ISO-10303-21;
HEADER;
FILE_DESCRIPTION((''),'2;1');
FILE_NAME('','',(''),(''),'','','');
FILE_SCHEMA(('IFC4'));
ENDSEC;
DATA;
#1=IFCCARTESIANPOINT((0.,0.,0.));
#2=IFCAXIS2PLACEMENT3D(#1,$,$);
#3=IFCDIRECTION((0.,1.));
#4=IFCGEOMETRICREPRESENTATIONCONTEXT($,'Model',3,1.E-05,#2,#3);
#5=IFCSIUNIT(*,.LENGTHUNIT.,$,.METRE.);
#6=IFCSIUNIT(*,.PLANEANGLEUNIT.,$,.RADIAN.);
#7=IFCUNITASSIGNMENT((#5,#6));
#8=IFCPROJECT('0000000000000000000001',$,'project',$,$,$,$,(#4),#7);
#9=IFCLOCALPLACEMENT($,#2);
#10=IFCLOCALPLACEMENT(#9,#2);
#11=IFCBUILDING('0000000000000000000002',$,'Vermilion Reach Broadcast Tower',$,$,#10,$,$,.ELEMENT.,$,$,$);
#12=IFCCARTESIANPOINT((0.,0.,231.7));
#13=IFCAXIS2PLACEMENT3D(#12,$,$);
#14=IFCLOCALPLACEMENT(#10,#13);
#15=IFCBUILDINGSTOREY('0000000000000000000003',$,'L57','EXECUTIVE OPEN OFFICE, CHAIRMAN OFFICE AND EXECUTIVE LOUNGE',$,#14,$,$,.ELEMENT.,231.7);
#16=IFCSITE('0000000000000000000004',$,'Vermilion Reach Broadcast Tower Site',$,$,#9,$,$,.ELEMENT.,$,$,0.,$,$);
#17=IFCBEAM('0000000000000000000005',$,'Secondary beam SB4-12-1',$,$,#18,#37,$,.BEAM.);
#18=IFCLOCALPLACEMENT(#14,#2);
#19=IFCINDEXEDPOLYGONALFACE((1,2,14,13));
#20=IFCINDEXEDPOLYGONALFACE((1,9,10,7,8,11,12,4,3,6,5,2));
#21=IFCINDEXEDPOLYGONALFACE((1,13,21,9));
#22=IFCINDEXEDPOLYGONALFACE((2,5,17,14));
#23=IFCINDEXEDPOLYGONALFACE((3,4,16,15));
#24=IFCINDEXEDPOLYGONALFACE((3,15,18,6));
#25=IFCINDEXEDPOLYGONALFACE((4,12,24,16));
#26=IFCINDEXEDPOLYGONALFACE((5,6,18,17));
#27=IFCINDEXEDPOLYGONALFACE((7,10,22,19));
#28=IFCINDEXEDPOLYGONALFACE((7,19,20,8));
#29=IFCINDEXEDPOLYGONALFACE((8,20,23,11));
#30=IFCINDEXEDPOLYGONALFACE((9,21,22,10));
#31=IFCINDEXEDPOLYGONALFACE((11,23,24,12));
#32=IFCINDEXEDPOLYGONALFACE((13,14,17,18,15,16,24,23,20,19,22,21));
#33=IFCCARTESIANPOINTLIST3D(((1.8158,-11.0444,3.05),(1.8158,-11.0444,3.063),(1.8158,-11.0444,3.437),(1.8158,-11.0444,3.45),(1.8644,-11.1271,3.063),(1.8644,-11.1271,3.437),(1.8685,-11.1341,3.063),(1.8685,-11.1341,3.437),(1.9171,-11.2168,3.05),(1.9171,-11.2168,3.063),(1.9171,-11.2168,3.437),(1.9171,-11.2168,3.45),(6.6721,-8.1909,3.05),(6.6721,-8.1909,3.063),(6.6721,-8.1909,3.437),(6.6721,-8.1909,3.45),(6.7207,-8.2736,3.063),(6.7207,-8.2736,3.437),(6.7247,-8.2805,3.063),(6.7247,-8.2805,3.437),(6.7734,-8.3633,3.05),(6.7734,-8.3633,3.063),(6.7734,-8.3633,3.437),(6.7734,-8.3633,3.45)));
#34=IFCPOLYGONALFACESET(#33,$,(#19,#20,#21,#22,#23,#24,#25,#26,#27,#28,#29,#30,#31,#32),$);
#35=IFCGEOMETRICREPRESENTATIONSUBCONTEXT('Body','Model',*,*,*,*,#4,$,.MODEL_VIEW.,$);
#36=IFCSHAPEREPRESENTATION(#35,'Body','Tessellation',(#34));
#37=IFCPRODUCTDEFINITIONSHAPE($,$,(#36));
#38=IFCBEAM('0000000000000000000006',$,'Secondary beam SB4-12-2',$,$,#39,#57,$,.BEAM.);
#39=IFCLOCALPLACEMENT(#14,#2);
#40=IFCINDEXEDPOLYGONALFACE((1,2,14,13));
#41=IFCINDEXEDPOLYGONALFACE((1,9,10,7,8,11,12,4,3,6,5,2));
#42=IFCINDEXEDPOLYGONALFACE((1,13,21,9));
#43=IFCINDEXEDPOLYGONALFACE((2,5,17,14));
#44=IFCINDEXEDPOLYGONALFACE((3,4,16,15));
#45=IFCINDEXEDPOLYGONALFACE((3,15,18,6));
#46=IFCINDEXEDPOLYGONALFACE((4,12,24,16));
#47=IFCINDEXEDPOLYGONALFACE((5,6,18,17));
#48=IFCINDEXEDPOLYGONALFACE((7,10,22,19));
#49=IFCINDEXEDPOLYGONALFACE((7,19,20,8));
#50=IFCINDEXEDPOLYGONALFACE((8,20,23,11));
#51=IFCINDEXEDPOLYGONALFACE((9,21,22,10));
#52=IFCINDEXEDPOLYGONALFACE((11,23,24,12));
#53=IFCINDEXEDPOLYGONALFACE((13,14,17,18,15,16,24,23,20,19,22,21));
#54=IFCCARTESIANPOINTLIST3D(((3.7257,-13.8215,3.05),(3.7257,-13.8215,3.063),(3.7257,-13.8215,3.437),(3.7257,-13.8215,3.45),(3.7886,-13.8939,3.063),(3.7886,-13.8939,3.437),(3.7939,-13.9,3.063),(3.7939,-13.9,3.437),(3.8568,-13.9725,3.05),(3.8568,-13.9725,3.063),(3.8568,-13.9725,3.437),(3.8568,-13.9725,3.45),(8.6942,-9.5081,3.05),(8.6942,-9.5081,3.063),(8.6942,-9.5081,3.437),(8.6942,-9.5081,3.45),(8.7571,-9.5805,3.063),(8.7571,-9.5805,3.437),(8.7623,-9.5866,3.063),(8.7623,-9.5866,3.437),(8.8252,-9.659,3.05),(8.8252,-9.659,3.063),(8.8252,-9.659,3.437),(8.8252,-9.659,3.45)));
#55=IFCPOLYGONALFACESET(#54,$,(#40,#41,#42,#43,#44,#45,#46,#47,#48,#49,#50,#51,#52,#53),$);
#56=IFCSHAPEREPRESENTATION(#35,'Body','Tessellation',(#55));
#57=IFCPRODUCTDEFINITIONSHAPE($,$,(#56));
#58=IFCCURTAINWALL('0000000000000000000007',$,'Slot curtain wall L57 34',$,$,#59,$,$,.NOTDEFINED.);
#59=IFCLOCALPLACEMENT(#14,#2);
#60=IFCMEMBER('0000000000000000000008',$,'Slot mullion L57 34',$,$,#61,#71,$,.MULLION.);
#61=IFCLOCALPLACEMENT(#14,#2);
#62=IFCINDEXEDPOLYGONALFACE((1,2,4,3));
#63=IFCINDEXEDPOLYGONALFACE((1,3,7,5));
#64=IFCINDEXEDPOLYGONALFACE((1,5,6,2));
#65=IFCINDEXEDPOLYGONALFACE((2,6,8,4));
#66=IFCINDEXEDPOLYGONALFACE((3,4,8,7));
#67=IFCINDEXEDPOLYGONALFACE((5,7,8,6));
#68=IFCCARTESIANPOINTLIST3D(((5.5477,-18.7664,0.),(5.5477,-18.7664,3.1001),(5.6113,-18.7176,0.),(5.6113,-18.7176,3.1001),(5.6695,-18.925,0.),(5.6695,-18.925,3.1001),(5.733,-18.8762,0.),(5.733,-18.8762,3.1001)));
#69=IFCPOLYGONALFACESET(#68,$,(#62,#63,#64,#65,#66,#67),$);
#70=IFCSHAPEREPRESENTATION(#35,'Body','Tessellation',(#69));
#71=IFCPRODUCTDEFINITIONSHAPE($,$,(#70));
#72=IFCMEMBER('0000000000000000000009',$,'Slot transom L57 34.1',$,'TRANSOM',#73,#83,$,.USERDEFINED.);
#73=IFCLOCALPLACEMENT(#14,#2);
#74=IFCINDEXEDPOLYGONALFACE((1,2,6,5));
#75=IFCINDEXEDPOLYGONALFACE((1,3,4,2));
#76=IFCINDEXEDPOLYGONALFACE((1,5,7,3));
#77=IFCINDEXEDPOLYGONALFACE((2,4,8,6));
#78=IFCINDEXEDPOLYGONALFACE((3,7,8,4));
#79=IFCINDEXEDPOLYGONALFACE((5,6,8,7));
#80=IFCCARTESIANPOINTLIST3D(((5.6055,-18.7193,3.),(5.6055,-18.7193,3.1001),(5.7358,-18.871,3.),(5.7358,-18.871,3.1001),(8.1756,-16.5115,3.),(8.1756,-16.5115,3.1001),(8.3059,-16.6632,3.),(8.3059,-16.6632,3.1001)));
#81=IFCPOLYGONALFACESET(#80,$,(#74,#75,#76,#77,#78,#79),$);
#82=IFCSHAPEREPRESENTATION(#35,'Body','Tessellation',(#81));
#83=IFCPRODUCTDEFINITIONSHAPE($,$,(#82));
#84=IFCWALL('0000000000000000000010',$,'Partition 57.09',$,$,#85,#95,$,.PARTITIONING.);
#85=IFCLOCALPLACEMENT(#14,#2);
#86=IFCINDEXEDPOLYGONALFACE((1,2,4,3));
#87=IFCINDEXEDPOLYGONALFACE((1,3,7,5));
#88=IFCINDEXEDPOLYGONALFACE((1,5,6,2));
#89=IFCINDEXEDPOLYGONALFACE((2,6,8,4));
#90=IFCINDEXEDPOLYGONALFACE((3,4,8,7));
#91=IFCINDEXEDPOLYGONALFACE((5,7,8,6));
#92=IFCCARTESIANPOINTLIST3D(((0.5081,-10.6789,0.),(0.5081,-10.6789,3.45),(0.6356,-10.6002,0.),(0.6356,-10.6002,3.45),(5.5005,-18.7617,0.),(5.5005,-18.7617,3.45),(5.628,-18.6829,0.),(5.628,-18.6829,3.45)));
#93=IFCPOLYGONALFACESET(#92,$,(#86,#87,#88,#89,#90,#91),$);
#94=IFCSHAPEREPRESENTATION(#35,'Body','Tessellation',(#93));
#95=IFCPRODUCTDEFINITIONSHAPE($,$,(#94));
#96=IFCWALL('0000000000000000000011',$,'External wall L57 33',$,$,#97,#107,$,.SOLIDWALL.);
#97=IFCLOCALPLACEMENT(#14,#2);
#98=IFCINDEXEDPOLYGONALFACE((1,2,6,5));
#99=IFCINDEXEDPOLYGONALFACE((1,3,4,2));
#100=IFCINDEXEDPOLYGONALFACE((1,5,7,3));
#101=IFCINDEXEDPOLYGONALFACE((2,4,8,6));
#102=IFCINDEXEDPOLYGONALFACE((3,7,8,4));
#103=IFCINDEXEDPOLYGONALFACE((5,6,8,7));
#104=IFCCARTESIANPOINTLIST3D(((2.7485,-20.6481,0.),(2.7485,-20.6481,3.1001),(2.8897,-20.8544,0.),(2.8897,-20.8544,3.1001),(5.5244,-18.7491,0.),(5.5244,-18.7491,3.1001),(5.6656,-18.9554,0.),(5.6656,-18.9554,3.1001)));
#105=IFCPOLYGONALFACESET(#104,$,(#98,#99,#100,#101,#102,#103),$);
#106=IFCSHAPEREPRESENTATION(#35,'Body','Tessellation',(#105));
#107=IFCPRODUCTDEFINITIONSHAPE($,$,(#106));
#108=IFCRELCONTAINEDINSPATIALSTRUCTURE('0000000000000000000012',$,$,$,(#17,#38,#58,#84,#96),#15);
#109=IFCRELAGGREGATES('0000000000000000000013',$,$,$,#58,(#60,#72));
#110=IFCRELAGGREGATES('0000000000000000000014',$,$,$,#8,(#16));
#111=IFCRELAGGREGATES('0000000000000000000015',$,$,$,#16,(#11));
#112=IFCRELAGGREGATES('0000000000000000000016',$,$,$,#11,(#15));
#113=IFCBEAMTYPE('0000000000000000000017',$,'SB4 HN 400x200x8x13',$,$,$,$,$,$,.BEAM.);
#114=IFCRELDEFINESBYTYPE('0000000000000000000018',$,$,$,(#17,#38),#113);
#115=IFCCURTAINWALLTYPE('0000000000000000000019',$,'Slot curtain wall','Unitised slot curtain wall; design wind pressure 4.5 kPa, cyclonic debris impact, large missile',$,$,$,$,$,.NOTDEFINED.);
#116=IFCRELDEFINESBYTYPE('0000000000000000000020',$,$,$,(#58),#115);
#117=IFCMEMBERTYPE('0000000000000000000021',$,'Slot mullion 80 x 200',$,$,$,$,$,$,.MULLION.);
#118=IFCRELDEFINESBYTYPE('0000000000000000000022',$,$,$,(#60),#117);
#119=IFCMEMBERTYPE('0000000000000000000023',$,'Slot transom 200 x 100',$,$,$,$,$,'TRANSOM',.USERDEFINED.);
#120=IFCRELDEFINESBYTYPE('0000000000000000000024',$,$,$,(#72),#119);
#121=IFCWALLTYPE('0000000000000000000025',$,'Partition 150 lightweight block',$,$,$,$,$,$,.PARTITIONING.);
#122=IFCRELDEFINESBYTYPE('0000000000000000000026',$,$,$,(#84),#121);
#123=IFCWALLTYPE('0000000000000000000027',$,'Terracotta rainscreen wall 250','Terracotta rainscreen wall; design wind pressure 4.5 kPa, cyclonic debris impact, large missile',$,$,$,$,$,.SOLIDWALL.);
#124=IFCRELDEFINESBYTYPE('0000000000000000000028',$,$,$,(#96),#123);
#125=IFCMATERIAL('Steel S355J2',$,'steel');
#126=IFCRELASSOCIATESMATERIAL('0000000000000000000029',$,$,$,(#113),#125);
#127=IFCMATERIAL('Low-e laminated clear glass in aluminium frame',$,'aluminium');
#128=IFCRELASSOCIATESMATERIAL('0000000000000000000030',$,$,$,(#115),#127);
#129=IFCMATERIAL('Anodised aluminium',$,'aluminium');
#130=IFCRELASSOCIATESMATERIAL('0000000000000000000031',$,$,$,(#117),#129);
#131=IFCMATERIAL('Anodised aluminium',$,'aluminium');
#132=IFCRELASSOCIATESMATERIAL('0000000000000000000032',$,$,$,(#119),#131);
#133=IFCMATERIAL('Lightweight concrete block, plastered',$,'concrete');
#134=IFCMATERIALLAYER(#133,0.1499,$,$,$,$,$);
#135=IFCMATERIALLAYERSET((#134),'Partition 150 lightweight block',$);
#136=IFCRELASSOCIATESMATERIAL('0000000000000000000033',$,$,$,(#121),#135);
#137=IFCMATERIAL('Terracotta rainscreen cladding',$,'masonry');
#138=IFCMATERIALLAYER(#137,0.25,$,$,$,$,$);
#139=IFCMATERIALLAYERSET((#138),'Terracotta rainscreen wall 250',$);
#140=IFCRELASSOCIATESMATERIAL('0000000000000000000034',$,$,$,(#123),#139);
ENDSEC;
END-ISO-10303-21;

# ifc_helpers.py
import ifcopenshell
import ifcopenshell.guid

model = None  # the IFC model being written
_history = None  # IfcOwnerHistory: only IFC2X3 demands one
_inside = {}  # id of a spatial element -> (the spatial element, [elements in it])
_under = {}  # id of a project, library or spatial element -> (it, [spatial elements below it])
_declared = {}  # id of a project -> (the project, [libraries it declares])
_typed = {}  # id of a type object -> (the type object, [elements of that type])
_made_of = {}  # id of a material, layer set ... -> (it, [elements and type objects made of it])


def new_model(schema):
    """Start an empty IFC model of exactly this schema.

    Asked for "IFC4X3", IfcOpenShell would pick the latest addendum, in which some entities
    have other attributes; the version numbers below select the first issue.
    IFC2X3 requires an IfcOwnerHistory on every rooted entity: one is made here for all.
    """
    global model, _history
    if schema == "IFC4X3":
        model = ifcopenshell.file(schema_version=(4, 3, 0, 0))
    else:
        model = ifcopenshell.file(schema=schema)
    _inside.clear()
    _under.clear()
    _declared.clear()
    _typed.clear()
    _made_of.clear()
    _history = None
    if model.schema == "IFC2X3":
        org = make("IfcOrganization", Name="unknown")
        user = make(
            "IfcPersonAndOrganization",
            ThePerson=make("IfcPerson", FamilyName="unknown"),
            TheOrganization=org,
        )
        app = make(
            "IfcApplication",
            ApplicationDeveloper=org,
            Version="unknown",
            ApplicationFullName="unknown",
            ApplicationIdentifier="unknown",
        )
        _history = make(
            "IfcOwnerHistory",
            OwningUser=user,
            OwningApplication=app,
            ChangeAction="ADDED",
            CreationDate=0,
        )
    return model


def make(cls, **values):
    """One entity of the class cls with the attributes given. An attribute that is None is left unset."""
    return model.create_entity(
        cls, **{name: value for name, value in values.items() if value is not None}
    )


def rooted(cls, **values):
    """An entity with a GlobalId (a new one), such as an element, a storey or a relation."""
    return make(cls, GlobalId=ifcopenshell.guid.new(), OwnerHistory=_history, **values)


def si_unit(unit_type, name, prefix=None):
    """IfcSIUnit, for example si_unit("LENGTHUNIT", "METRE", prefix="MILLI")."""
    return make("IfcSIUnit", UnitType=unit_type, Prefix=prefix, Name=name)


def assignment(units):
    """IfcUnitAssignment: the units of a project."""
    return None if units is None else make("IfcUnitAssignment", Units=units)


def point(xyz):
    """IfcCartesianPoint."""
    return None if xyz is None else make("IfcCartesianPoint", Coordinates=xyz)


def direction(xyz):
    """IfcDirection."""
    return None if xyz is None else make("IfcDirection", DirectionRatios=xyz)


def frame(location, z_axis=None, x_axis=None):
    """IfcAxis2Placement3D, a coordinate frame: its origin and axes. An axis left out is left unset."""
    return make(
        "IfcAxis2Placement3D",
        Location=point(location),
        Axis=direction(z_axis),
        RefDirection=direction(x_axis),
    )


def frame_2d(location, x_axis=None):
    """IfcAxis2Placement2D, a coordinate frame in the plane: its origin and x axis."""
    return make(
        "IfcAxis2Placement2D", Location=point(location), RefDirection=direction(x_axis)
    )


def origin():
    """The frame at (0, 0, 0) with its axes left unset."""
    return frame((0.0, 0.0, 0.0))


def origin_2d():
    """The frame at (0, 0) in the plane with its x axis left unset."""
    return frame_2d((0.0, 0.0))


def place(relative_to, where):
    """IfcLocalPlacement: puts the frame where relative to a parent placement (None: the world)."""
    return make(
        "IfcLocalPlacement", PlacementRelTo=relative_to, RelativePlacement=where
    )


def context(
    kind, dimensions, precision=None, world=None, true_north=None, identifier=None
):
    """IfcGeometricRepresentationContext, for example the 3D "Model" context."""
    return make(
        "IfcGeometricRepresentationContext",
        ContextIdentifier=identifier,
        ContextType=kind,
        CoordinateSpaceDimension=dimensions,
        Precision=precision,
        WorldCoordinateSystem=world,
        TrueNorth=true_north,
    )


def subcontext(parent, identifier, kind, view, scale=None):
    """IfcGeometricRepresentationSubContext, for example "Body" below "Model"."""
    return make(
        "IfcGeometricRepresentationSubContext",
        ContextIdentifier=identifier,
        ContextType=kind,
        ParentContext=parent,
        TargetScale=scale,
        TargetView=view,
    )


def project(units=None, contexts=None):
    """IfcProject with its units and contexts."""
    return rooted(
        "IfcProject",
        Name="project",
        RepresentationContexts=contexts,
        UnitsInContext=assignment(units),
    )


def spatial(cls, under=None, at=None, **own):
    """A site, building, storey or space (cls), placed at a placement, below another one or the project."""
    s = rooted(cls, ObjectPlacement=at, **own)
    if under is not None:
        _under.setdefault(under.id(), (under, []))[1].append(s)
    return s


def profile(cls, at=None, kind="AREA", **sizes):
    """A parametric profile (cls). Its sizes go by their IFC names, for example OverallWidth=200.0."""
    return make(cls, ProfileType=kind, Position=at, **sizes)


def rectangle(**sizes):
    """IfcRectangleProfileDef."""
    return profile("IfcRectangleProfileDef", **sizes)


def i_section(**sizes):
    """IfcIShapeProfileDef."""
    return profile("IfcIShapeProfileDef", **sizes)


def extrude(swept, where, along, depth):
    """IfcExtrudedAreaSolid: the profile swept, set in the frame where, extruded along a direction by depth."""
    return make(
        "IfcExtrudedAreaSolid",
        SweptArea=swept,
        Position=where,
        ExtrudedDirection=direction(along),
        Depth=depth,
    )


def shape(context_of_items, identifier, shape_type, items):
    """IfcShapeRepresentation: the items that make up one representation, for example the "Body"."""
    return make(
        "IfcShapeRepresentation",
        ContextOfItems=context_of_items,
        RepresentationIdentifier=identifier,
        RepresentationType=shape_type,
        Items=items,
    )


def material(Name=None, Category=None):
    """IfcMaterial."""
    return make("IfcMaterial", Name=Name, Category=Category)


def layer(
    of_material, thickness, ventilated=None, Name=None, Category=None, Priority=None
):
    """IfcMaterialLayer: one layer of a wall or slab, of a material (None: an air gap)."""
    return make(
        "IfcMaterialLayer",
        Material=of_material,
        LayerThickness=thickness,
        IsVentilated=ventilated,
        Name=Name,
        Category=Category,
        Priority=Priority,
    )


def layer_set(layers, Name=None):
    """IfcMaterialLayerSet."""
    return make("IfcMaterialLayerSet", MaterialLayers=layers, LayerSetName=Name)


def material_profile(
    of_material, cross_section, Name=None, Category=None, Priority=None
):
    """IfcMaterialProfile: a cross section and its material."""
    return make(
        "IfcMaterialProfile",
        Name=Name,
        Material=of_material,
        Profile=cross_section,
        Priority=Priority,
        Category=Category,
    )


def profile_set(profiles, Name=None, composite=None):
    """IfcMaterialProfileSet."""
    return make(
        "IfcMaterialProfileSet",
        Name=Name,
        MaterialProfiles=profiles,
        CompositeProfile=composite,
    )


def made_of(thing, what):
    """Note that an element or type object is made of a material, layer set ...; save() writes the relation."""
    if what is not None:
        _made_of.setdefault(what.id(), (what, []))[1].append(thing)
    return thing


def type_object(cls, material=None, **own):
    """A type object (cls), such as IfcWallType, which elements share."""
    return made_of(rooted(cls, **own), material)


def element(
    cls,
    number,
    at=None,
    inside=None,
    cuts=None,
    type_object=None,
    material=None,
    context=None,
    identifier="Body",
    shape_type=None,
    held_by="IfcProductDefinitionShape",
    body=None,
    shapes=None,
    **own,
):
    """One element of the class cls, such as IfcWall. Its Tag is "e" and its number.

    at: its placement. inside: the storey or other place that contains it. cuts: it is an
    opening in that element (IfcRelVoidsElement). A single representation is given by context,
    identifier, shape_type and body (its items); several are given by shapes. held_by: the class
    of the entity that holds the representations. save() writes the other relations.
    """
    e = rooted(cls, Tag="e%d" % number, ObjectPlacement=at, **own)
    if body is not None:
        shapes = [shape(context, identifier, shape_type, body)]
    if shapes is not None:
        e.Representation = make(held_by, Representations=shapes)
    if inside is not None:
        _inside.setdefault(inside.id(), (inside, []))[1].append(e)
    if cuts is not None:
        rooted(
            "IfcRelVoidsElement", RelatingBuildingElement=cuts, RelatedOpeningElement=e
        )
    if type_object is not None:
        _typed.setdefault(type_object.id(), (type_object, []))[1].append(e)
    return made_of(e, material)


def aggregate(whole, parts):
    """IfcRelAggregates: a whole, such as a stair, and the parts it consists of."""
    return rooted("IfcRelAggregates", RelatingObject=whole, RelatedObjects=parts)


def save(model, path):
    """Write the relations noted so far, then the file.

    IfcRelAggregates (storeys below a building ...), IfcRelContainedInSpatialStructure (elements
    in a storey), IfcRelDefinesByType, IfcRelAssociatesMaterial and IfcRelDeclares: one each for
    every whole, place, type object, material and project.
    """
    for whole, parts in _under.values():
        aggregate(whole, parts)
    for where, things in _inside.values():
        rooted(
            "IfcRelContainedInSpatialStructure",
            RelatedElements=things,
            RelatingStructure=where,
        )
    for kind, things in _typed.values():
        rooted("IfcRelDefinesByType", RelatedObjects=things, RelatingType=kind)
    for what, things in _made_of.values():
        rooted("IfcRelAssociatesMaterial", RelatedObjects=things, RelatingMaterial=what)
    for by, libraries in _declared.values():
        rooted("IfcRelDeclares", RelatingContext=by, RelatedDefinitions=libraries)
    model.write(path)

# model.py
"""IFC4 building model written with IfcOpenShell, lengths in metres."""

from ifc_helpers import new_model, si_unit, direction, frame, frame_2d, origin, origin_2d, place, context, subcontext, project, spatial, rectangle, i_section, extrude, material, layer, layer_set, material_profile, profile_set, type_object, element, aggregate, save


model = new_model("IFC4")

# Units and contexts
model_context = context("Model", 3, precision=1e-05, world=origin(), true_north=direction((0.0, 1.0)))
body_context = subcontext(model_context, "Body", "Model", "MODEL_VIEW")
ifc_project = project(units=[si_unit("LENGTHUNIT", "METRE"), si_unit("PLANEANGLEUNIT", "RADIAN")], contexts=[model_context])

# Site, building, storey
site_placement = place(None, origin())
site = spatial("IfcSite", under=ifc_project, at=site_placement, Name="Vermilion Reach Broadcast Tower Site", CompositionType="ELEMENT", RefElevation=0.0)
building_placement = place(site_placement, origin())
building = spatial("IfcBuilding", under=site, at=building_placement, Name="Vermilion Reach Broadcast Tower", CompositionType="ELEMENT")
storey_placement = place(building_placement, frame((0.0, 0.0, 231.7)))
storey = spatial("IfcBuildingStorey", under=building, at=storey_placement, Name="L57", Description="EXECUTIVE OPEN OFFICE, CHAIRMAN OFFICE AND EXECUTIVE LOUNGE", CompositionType="ELEMENT", Elevation=231.7)

# Beams
ifc_material_1 = material(Name="Steel S355J2", Category="steel")
ifc_material_profile_1 = material_profile(ifc_material_1, i_section(OverallWidth=0.2, OverallDepth=0.3999, WebThickness=0.0081, FlangeThickness=0.0129, at=origin_2d()), Name="S355J2 HN 400x200x8x13")
ifc_profile_set_1 = profile_set([ifc_material_profile_1], Name="Steel S355J2")
beam_type_1 = type_object("IfcBeamType", Name="SB4 HN 400x200x8x13", PredefinedType="BEAM", material=ifc_profile_set_1)
beam_1_placement = place(storey_placement, frame((1.8665, -11.1306, 3.25), z_axis=(0.862173, 0.506615, 0.0), x_axis=(-0.506615, 0.862173, 0.0)))
element("IfcBeam", 1, at=beam_1_placement, inside=storey, type_object=beam_type_1, Name="Secondary beam SB4-12-1", PredefinedType="BEAM", context=body_context, shape_type="SweptSolid", body=[
    extrude(i_section(OverallWidth=0.2, OverallDepth=0.3999, WebThickness=0.0081, FlangeThickness=0.0129, at=origin_2d()), origin(), (0.0, 0.0, 1.0), 5.6326),
])
beam_2_placement = place(storey_placement, frame((3.7913, -13.897, 3.25), z_axis=(0.755129, 0.655576, 0.0), x_axis=(-0.655576, 0.755129, 0.0)))
element("IfcBeam", 2, at=beam_2_placement, inside=storey, type_object=beam_type_1, Name="Secondary beam SB4-12-2", PredefinedType="BEAM", context=body_context, shape_type="SweptSolid", body=[
    extrude(i_section(OverallWidth=0.2, OverallDepth=0.3999, WebThickness=0.0081, FlangeThickness=0.0129, at=origin_2d()), origin(), (0.0, 0.0, 1.0), 6.5796),
])

# Curtain wall, members
ifc_material_2 = material(Name="Low-e laminated clear glass in aluminium frame", Category="aluminium")
curtain_wall_type = type_object("IfcCurtainWallType", Name="Slot curtain wall", Description="Unitised slot curtain wall; design wind pressure 4.5 kPa, cyclonic debris impact, large missile", PredefinedType="NOTDEFINED", material=ifc_material_2)
curtain_wall_placement = place(storey_placement, origin())
curtain_wall = element("IfcCurtainWall", 3, at=curtain_wall_placement, inside=storey, type_object=curtain_wall_type, Name="Slot curtain wall L57 34", PredefinedType="NOTDEFINED")
ifc_material_3 = material(Name="Anodised aluminium", Category="aluminium")
ifc_material_profile_2 = material_profile(ifc_material_3, rectangle(XDim=0.2, YDim=0.0801, at=origin_2d()), Name="Slot mullion 80 x 200")
ifc_profile_set_2 = profile_set([ifc_material_profile_2], Name="Anodised aluminium")
member_type_1 = type_object("IfcMemberType", Name="Slot mullion 80 x 200", PredefinedType="MULLION", material=ifc_profile_set_2)
member_1_placement = place(storey_placement, frame((5.6404, -18.8213, 0.0), z_axis=(0.0, 0.0, 1.0), x_axis=(-0.609025, 0.793151, 0.0)))
member_1 = element("IfcMember", 4, at=member_1_placement, type_object=member_type_1, Name="Slot mullion L57 34", PredefinedType="MULLION", context=body_context, shape_type="SweptSolid", body=[
    extrude(rectangle(XDim=0.2, YDim=0.0801, at=origin_2d()), origin(), (0.0, 0.0, 1.0), 3.1001),
])
ifc_material_4 = material(Name="Anodised aluminium", Category="aluminium")
ifc_material_profile_3 = material_profile(ifc_material_4, rectangle(XDim=0.2, YDim=0.1001, at=origin_2d()), Name="Slot transom 200 x 100")
ifc_profile_set_3 = profile_set([ifc_material_profile_3], Name="Anodised aluminium")
member_type_2 = type_object("IfcMemberType", Name="Slot transom 200 x 100", ElementType="TRANSOM", PredefinedType="USERDEFINED", material=ifc_profile_set_3)
member_2_placement = place(storey_placement, frame((5.6707, -18.7952, 3.05), z_axis=(0.758549, 0.651616, 0.0), x_axis=(-0.651616, 0.758549, 0.0)))
member_2 = element("IfcMember", 5, at=member_2_placement, type_object=member_type_2, Name="Slot transom L57 34.1", ObjectType="TRANSOM", PredefinedType="USERDEFINED", context=body_context, shape_type="SweptSolid", body=[
    extrude(rectangle(XDim=0.2, YDim=0.1001, at=origin_2d()), origin(), (0.0, 0.0, 1.0), 3.3882),
])
aggregate(curtain_wall, [member_1, member_2])

# Wall
ifc_material_5 = material(Name="Lightweight concrete block, plastered", Category="concrete")
ifc_layer_1 = layer(ifc_material_5, 0.1499)
ifc_layer_set_1 = layer_set([ifc_layer_1], Name="Partition 150 lightweight block")
wall_type_1 = type_object("IfcWallType", Name="Partition 150 lightweight block", PredefinedType="PARTITIONING", material=ifc_layer_set_1)
wall_1_placement = place(storey_placement, frame((5.5642, -18.7222, 0.0), z_axis=(0.0, 0.0, 1.0), x_axis=(-0.525503, 0.850792, 0.0)))
element("IfcWall", 6, at=wall_1_placement, inside=storey, type_object=wall_type_1, Name="Partition 57.09", PredefinedType="PARTITIONING", context=body_context, shape_type="SweptSolid", body=[
    extrude(rectangle(XDim=9.5002, YDim=0.1499, at=frame_2d((4.75, 0.0))), origin(), (0.0, 0.0, 1.0), 3.45),
])

# Shared definitions
ifc_material_6 = material(Name="Terracotta rainscreen cladding", Category="masonry")
ifc_layer_2 = layer(ifc_material_6, 0.25)
ifc_layer_set_2 = layer_set([ifc_layer_2], Name="Terracotta rainscreen wall 250")
wall_type_2 = type_object("IfcWallType", Name="Terracotta rainscreen wall 250", Description="Terracotta rainscreen wall; design wind pressure 4.5 kPa, cyclonic debris impact, large missile", PredefinedType="SOLIDWALL", material=ifc_layer_set_2)

# Wall
wall_2_placement = place(storey_placement, frame((2.8191, -20.7512, 0.0), z_axis=(0.0, 0.0, 1.0), x_axis=(0.825357, 0.564611, 0.0)))
element("IfcWall", 7, at=wall_2_placement, inside=storey, type_object=wall_type_2, Name="External wall L57 33", PredefinedType="SOLIDWALL", context=body_context, shape_type="SweptSolid", body=[
    extrude(rectangle(XDim=3.3633, YDim=0.25, at=frame_2d((1.6816, 0.0))), origin(), (0.0, 0.0, 1.0), 3.1001),
])

save(model, "model.ifc")
